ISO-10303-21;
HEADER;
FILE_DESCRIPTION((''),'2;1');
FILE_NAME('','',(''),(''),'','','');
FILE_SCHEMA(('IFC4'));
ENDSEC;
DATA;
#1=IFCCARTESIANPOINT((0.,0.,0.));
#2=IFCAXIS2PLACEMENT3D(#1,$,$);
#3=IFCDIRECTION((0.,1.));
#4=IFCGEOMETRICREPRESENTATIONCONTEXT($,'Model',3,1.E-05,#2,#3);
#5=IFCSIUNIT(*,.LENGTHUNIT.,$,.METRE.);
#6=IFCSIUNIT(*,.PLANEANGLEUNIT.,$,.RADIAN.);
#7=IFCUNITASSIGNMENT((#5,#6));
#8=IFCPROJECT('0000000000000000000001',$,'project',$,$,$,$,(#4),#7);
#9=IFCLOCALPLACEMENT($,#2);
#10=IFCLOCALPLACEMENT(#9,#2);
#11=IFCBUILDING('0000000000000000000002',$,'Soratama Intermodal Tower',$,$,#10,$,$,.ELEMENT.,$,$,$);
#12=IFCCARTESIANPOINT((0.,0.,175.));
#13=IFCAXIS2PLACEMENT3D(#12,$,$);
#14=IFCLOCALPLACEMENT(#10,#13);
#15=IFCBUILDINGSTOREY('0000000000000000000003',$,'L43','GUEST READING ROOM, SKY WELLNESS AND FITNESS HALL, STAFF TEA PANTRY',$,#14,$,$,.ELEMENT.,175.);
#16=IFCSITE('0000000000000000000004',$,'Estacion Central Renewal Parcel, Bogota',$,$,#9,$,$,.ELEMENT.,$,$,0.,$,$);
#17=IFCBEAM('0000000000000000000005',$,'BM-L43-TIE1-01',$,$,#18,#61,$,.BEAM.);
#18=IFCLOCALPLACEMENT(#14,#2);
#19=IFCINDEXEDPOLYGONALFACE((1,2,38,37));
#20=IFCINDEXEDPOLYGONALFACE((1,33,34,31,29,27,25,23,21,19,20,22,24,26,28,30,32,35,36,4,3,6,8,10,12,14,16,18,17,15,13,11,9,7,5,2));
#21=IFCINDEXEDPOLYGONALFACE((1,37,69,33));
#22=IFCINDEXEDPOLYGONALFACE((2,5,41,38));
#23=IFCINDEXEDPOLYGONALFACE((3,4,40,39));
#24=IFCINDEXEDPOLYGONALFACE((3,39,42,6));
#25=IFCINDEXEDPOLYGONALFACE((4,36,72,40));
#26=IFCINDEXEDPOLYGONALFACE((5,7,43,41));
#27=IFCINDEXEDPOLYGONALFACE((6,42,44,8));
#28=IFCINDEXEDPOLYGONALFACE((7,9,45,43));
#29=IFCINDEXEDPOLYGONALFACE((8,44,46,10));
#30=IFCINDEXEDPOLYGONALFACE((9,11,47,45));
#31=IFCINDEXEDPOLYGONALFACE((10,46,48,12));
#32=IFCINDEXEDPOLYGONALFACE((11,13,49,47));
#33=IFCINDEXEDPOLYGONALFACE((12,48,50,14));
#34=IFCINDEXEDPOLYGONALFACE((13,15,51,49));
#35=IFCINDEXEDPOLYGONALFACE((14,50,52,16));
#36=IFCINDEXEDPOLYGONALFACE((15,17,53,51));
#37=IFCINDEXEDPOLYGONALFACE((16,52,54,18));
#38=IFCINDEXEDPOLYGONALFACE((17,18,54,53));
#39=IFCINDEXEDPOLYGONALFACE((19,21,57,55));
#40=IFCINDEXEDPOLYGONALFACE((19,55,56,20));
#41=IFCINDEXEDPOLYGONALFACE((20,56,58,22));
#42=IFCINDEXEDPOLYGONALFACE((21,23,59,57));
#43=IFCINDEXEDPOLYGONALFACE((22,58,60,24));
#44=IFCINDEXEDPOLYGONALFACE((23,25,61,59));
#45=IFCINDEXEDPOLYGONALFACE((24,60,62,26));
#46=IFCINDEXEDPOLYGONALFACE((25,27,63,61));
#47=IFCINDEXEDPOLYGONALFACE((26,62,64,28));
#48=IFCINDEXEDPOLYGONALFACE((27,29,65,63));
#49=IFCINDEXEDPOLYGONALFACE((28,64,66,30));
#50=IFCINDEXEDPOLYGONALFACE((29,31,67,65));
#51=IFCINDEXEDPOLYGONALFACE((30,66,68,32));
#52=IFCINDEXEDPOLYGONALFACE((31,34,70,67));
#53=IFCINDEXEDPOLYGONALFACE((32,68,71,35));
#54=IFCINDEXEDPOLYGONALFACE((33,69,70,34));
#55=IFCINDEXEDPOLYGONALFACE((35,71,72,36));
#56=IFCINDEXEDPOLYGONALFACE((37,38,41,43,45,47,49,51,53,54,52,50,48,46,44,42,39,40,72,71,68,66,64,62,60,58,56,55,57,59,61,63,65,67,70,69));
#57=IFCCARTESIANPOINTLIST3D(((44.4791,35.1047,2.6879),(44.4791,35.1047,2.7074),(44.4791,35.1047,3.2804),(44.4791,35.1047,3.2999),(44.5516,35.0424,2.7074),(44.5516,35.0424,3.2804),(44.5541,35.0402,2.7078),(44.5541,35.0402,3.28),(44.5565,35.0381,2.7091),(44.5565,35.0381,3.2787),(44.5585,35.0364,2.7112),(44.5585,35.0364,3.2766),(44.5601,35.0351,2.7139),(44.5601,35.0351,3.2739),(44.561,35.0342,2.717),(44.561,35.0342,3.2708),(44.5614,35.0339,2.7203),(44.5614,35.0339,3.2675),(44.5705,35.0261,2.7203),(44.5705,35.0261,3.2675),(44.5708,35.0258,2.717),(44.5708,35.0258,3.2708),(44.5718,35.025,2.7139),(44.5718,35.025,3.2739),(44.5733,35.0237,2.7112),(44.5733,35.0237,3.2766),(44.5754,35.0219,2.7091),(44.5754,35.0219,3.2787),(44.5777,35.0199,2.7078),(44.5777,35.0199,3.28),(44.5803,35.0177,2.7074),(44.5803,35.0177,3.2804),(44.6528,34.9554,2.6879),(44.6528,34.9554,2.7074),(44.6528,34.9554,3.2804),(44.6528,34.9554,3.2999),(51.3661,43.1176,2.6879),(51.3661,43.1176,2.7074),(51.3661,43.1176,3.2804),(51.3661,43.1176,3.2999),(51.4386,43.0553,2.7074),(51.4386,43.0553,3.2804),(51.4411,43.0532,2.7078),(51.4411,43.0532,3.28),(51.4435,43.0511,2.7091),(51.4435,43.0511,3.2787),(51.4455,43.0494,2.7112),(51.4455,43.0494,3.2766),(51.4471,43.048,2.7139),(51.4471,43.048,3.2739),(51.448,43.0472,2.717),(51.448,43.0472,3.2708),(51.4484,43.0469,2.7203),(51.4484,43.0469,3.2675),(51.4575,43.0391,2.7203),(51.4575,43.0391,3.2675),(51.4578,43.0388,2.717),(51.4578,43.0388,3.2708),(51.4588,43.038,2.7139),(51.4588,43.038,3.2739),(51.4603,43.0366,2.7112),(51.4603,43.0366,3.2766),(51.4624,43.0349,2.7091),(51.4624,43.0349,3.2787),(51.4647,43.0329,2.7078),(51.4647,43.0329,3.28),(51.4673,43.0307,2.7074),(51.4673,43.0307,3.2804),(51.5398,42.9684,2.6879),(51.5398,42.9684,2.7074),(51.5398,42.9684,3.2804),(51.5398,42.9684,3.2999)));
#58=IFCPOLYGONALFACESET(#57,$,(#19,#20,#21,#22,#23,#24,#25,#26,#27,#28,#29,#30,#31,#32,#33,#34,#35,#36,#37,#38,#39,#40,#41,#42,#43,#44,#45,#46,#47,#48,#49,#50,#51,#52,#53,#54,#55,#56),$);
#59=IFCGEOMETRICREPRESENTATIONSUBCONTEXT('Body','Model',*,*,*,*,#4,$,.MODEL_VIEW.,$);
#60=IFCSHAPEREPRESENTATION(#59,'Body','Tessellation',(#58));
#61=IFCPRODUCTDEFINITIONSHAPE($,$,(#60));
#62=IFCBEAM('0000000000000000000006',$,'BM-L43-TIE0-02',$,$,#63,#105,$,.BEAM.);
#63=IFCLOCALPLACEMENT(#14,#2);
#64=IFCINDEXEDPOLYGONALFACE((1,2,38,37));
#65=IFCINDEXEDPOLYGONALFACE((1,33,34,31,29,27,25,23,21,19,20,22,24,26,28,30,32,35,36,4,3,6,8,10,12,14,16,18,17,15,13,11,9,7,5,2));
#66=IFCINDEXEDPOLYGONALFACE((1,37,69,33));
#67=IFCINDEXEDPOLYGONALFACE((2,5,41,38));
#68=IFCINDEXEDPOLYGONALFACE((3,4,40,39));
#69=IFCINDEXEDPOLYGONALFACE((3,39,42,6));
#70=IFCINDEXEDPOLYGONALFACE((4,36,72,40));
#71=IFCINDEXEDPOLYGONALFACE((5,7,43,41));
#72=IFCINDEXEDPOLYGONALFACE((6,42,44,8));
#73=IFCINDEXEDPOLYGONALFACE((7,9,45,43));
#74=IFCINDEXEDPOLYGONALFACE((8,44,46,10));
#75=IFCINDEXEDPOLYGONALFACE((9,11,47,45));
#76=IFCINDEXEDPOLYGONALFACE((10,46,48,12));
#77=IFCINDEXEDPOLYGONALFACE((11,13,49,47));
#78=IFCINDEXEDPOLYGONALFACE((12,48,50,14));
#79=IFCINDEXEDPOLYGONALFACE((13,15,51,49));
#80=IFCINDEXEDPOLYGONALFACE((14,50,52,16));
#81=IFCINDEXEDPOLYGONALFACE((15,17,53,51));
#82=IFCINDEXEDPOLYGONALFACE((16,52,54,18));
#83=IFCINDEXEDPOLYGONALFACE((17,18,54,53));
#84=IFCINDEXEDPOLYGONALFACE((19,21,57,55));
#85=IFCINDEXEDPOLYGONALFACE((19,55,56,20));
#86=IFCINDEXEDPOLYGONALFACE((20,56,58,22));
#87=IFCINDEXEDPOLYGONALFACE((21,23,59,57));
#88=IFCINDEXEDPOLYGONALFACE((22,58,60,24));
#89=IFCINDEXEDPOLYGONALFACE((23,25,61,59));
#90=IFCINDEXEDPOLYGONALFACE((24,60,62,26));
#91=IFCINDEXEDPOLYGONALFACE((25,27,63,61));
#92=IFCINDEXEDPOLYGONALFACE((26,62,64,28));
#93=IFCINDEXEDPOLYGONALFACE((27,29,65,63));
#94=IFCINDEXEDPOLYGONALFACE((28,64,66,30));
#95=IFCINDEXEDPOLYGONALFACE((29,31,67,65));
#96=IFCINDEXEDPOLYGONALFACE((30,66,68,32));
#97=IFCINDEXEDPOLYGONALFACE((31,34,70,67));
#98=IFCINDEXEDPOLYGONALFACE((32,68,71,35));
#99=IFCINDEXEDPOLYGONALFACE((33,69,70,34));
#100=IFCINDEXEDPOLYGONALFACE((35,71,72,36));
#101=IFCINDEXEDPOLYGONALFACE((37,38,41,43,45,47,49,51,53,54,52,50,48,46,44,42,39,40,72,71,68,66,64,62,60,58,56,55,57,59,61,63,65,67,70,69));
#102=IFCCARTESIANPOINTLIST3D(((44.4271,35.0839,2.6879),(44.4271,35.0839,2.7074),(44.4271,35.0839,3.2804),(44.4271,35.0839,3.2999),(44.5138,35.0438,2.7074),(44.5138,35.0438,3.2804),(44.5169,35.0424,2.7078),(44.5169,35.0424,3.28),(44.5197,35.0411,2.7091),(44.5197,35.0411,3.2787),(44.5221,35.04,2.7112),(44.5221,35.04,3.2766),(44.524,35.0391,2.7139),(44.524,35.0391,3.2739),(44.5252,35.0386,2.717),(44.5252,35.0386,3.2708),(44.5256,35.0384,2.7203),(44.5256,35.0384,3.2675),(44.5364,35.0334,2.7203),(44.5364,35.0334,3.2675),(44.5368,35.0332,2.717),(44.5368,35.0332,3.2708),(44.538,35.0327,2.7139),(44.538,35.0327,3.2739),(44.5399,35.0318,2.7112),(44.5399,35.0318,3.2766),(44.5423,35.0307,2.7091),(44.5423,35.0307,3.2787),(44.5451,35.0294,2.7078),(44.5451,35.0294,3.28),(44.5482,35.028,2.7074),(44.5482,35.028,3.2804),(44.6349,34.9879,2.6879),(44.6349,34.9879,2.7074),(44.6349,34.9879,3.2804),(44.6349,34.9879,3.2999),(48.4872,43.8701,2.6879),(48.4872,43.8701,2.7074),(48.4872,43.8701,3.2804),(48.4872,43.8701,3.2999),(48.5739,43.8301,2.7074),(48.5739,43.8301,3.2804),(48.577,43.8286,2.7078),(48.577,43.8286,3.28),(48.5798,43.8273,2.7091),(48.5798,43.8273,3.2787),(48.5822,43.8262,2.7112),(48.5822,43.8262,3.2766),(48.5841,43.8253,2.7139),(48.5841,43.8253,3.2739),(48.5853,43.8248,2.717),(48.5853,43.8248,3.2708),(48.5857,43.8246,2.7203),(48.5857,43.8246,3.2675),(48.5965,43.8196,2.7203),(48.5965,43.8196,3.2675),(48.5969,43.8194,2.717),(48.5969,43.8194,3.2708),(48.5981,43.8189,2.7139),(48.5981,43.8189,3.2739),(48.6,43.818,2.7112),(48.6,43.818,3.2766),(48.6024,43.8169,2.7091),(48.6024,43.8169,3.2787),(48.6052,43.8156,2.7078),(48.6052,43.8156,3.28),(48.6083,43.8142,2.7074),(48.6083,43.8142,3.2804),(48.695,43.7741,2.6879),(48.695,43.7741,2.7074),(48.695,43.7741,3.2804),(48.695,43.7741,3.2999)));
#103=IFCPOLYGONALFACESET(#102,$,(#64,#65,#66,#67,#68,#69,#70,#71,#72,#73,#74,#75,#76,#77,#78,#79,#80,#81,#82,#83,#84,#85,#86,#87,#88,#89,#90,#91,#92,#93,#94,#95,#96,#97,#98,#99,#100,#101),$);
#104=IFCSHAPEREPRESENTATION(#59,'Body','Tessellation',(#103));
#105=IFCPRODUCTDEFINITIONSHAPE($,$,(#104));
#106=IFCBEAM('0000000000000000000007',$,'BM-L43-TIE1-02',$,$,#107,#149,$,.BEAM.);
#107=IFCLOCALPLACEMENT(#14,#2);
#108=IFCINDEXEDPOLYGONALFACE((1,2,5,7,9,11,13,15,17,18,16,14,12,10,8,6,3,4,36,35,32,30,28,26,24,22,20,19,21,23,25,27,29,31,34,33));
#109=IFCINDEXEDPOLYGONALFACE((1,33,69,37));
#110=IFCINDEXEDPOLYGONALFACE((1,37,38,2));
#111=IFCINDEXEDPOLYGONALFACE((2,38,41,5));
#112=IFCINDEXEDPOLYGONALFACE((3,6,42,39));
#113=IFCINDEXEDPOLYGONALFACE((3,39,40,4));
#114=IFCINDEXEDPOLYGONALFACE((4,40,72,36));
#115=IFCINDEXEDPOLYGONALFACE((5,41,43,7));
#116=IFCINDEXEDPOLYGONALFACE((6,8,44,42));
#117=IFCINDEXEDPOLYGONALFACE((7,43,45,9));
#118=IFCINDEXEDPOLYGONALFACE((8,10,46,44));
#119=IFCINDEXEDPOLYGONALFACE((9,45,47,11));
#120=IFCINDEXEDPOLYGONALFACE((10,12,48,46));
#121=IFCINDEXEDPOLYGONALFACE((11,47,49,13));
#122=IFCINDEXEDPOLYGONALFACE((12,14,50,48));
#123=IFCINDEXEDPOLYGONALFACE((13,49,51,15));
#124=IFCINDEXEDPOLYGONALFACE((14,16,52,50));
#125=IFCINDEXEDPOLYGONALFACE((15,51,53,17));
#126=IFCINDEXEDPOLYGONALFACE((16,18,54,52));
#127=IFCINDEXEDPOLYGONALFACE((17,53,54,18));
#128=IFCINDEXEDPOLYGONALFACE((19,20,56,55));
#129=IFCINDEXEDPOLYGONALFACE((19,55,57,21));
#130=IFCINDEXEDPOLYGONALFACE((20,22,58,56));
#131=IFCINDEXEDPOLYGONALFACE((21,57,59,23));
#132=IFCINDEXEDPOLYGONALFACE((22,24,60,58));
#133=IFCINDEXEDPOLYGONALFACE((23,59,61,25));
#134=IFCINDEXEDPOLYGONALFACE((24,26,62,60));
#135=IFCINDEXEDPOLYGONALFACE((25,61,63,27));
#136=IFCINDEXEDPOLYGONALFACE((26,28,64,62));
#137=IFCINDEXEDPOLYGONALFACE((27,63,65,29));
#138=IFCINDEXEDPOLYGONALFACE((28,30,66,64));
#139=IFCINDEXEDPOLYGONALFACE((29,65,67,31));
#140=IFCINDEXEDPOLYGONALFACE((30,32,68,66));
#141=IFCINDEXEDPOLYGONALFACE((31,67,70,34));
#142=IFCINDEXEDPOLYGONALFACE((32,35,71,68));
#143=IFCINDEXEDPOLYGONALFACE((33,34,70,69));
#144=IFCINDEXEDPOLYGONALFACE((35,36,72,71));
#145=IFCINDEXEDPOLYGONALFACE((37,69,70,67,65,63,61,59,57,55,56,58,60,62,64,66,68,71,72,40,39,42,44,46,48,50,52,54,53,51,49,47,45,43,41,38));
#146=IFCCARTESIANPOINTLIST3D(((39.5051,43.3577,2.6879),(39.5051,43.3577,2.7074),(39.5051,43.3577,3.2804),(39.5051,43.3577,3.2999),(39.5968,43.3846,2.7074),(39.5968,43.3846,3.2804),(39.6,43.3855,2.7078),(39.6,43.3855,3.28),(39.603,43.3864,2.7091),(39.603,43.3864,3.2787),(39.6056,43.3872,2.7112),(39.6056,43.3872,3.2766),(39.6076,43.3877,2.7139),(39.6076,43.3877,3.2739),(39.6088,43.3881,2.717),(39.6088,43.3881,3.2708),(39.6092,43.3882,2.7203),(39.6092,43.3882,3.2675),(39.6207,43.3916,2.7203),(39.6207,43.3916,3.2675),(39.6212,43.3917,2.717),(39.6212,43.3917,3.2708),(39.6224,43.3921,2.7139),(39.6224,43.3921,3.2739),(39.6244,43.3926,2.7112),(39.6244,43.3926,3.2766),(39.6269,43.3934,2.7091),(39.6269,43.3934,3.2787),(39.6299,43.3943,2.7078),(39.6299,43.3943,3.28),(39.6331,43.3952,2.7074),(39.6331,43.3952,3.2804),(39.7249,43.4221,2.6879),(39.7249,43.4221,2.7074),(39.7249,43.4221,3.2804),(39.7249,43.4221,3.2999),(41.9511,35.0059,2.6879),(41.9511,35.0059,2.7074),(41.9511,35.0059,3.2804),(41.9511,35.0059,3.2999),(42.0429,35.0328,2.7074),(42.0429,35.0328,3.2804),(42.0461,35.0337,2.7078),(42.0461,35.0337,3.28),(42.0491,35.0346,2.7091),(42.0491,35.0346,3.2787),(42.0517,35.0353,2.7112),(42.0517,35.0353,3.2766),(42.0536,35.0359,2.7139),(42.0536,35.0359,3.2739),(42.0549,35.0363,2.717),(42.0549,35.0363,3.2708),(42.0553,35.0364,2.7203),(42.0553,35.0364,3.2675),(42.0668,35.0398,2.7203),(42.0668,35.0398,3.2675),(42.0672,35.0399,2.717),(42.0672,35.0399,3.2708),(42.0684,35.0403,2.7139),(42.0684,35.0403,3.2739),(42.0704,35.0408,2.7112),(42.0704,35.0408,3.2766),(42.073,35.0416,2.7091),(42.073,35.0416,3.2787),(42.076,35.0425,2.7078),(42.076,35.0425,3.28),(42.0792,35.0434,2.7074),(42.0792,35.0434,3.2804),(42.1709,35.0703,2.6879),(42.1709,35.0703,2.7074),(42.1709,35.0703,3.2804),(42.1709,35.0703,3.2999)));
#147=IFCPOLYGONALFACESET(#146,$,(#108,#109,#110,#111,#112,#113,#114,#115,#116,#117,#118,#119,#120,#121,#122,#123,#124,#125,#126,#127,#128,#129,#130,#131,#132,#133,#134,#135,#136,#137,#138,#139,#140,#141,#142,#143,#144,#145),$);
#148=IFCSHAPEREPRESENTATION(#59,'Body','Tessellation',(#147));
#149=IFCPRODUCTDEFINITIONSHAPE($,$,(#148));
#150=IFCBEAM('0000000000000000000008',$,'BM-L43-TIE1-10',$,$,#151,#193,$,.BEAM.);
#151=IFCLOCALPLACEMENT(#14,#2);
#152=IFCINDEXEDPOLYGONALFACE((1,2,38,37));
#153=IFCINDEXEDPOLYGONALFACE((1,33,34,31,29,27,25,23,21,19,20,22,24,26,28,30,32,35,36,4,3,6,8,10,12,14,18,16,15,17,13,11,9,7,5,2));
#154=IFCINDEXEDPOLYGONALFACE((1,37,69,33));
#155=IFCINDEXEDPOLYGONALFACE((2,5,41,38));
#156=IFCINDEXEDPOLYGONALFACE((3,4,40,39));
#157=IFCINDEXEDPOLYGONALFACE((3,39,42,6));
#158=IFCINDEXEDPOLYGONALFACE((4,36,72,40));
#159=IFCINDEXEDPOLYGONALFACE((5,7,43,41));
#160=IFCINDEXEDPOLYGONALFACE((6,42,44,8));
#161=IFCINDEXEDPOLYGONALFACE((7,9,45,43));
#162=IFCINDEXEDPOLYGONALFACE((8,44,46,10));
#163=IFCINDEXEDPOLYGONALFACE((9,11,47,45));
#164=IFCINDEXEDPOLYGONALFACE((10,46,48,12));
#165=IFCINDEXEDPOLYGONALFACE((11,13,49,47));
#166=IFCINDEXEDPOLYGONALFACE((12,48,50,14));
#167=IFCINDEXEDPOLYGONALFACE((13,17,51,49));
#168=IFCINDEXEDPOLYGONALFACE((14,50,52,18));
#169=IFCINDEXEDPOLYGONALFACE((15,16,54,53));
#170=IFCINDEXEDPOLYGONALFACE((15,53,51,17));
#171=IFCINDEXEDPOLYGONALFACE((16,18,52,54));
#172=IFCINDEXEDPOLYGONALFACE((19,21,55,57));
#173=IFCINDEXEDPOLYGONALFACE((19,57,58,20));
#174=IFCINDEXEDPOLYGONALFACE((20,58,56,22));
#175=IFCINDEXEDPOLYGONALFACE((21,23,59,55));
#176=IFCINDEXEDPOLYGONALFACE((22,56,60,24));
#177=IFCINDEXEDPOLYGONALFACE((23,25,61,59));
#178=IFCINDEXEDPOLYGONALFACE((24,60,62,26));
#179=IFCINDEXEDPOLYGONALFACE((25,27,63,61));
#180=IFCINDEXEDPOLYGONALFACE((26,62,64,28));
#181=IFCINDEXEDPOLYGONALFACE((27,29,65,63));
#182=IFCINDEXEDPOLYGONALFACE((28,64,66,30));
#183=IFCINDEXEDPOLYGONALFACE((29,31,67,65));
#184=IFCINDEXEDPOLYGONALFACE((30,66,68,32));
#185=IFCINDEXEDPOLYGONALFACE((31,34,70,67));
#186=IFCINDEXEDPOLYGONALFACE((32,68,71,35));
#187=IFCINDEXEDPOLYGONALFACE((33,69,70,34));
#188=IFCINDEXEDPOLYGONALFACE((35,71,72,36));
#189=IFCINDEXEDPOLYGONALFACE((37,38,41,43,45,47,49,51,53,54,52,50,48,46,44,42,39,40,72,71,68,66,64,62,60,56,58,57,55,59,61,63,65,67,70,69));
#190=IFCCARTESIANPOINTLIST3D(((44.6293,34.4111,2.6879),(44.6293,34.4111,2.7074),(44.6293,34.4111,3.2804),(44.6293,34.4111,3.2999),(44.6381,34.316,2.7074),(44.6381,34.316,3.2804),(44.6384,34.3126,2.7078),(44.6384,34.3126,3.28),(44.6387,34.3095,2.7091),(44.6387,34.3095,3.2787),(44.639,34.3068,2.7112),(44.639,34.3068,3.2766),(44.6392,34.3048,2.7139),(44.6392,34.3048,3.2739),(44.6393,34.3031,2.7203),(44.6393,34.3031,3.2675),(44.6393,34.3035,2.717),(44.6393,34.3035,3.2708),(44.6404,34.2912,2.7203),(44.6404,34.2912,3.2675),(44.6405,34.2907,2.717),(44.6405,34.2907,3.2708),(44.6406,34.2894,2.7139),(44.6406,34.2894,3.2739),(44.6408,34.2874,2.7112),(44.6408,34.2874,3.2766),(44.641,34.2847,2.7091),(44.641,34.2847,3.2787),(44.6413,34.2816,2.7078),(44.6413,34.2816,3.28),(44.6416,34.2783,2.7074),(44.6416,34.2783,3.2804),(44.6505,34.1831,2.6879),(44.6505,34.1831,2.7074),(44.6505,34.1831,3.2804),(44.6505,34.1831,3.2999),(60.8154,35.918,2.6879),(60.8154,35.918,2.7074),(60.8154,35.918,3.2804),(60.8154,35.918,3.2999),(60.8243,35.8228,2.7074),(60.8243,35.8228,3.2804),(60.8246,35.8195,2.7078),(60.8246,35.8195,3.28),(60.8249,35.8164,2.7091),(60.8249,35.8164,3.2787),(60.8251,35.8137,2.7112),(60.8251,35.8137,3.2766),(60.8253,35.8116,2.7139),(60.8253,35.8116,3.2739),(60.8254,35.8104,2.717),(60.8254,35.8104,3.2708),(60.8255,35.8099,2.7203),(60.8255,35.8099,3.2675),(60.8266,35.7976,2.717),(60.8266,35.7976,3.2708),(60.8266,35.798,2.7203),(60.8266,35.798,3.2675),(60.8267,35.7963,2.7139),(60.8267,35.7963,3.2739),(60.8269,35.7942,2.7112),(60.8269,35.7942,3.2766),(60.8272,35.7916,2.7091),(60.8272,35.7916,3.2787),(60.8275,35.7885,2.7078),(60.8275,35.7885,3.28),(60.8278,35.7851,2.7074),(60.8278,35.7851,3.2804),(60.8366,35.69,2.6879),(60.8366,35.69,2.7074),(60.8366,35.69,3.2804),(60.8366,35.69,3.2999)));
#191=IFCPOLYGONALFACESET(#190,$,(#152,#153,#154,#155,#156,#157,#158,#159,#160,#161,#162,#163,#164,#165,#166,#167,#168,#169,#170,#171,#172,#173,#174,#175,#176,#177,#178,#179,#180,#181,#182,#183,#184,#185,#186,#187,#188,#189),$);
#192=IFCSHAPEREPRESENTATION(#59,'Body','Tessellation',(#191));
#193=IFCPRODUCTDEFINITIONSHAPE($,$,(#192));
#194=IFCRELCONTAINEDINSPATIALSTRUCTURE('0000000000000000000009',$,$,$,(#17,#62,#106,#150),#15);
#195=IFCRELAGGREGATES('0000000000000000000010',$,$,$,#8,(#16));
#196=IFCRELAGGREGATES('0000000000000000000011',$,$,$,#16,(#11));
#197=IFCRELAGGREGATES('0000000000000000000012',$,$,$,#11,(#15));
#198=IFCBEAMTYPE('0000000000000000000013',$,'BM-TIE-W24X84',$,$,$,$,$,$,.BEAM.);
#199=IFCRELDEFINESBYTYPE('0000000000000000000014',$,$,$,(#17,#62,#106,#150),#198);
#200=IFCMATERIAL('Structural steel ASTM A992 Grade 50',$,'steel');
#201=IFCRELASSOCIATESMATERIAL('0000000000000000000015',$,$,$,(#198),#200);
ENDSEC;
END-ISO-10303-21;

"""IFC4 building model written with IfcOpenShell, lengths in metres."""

from ifc_helpers import new_model, si_unit, direction, frame, origin, origin_2d, place, context, subcontext, project, spatial, i_section, extrude, material, material_profile, profile_set, type_object, element, save


model = new_model("IFC4")

# Units and contexts
model_context = context("Model", 3, precision=1e-05, world=origin(), true_north=direction((0.0, 1.0)))
body_context = subcontext(model_context, "Body", "Model", "MODEL_VIEW")
ifc_project = project(units=[si_unit("LENGTHUNIT", "METRE"), si_unit("PLANEANGLEUNIT", "RADIAN")], contexts=[model_context])

# Site, building, storey
site_placement = place(None, origin())
site = spatial("IfcSite", under=ifc_project, at=site_placement, Name="Estacion Central Renewal Parcel, Bogota", CompositionType="ELEMENT", RefElevation=0.0)
building_placement = place(site_placement, origin())
building = spatial("IfcBuilding", under=site, at=building_placement, Name="Soratama Intermodal Tower", CompositionType="ELEMENT")
storey_placement = place(building_placement, frame((0.0, 0.0, 175.0)))
storey = spatial("IfcBuildingStorey", under=building, at=storey_placement, Name="L43", Description="GUEST READING ROOM, SKY WELLNESS AND FITNESS HALL, STAFF TEA PANTRY", CompositionType="ELEMENT", Elevation=175.0)

# Beams
ifc_material_1 = material(Name="Structural steel ASTM A992 Grade 50", Category="steel")
ifc_material_profile_1 = material_profile(ifc_material_1, i_section(OverallWidth=0.229, OverallDepth=0.6121, WebThickness=0.012, FlangeThickness=0.0195, FilletRadius=0.0129, at=origin_2d()), Name="W24X84")
ifc_profile_set_1 = profile_set([ifc_material_profile_1], Name="Structural steel ASTM A992 Grade 50")
beam_type_1 = type_object("IfcBeamType", Name="BM-TIE-W24X84", PredefinedType="BEAM", material=ifc_profile_set_1)
beam_1_placement = place(storey_placement, frame((44.5659, 35.03, 2.9939), z_axis=(0.651813, 0.75838, 0.0), x_axis=(-0.75838, 0.651813, 0.0)))
element("IfcBeam", 1, at=beam_1_placement, inside=storey, type_object=beam_type_1, Name="BM-L43-TIE1-01", PredefinedType="BEAM", context=body_context, shape_type="SweptSolid", body=[
    extrude(i_section(OverallWidth=0.229, OverallDepth=0.6121, WebThickness=0.012, FlangeThickness=0.0195, FilletRadius=0.0129, at=origin_2d()), origin(), (0.0, 0.0, 1.0), 10.5659),
])
beam_2_placement = place(storey_placement, frame((44.531, 35.0359, 2.9939), z_axis=(0.419477, 0.907766, 0.0), x_axis=(-0.907766, 0.419477, 0.0)))
element("IfcBeam", 2, at=beam_2_placement, inside=storey, type_object=beam_type_1, Name="BM-L43-TIE0-02", PredefinedType="BEAM", context=body_context, shape_type="SweptSolid", body=[
    extrude(i_section(OverallWidth=0.229, OverallDepth=0.6121, WebThickness=0.012, FlangeThickness=0.0195, FilletRadius=0.0129, at=origin_2d()), origin(), (0.0, 0.0, 1.0), 9.679),
])
beam_3_placement = place(storey_placement, frame((42.061, 35.0381, 2.9939), z_axis=(-0.28107, 0.959687, 0.0), x_axis=(-0.959687, -0.28107, 0.0)))
element("IfcBeam", 3, at=beam_3_placement, inside=storey, type_object=beam_type_1, Name="BM-L43-TIE1-02", PredefinedType="BEAM", context=body_context, shape_type="SweptSolid", body=[
    extrude(i_section(OverallWidth=0.229, OverallDepth=0.6121, WebThickness=0.012, FlangeThickness=0.0195, FilletRadius=0.0129, at=origin_2d()), origin(), (0.0, 0.0, 1.0), 8.7026),
])
beam_4_placement = place(storey_placement, frame((44.6399, 34.2971, 2.9939), z_axis=(0.995695, 0.092694, 0.0), x_axis=(-0.092694, 0.995695, 0.0)))
element("IfcBeam", 4, at=beam_4_placement, inside=storey, type_object=beam_type_1, Name="BM-L43-TIE1-10", PredefinedType="BEAM", context=body_context, shape_type="SweptSolid", body=[
    extrude(i_section(OverallWidth=0.229, OverallDepth=0.6121, WebThickness=0.012, FlangeThickness=0.0195, FilletRadius=0.0129, at=origin_2d()), origin(), (0.0, 0.0, 1.0), 16.2561),
])

save(model, "model.ifc")
